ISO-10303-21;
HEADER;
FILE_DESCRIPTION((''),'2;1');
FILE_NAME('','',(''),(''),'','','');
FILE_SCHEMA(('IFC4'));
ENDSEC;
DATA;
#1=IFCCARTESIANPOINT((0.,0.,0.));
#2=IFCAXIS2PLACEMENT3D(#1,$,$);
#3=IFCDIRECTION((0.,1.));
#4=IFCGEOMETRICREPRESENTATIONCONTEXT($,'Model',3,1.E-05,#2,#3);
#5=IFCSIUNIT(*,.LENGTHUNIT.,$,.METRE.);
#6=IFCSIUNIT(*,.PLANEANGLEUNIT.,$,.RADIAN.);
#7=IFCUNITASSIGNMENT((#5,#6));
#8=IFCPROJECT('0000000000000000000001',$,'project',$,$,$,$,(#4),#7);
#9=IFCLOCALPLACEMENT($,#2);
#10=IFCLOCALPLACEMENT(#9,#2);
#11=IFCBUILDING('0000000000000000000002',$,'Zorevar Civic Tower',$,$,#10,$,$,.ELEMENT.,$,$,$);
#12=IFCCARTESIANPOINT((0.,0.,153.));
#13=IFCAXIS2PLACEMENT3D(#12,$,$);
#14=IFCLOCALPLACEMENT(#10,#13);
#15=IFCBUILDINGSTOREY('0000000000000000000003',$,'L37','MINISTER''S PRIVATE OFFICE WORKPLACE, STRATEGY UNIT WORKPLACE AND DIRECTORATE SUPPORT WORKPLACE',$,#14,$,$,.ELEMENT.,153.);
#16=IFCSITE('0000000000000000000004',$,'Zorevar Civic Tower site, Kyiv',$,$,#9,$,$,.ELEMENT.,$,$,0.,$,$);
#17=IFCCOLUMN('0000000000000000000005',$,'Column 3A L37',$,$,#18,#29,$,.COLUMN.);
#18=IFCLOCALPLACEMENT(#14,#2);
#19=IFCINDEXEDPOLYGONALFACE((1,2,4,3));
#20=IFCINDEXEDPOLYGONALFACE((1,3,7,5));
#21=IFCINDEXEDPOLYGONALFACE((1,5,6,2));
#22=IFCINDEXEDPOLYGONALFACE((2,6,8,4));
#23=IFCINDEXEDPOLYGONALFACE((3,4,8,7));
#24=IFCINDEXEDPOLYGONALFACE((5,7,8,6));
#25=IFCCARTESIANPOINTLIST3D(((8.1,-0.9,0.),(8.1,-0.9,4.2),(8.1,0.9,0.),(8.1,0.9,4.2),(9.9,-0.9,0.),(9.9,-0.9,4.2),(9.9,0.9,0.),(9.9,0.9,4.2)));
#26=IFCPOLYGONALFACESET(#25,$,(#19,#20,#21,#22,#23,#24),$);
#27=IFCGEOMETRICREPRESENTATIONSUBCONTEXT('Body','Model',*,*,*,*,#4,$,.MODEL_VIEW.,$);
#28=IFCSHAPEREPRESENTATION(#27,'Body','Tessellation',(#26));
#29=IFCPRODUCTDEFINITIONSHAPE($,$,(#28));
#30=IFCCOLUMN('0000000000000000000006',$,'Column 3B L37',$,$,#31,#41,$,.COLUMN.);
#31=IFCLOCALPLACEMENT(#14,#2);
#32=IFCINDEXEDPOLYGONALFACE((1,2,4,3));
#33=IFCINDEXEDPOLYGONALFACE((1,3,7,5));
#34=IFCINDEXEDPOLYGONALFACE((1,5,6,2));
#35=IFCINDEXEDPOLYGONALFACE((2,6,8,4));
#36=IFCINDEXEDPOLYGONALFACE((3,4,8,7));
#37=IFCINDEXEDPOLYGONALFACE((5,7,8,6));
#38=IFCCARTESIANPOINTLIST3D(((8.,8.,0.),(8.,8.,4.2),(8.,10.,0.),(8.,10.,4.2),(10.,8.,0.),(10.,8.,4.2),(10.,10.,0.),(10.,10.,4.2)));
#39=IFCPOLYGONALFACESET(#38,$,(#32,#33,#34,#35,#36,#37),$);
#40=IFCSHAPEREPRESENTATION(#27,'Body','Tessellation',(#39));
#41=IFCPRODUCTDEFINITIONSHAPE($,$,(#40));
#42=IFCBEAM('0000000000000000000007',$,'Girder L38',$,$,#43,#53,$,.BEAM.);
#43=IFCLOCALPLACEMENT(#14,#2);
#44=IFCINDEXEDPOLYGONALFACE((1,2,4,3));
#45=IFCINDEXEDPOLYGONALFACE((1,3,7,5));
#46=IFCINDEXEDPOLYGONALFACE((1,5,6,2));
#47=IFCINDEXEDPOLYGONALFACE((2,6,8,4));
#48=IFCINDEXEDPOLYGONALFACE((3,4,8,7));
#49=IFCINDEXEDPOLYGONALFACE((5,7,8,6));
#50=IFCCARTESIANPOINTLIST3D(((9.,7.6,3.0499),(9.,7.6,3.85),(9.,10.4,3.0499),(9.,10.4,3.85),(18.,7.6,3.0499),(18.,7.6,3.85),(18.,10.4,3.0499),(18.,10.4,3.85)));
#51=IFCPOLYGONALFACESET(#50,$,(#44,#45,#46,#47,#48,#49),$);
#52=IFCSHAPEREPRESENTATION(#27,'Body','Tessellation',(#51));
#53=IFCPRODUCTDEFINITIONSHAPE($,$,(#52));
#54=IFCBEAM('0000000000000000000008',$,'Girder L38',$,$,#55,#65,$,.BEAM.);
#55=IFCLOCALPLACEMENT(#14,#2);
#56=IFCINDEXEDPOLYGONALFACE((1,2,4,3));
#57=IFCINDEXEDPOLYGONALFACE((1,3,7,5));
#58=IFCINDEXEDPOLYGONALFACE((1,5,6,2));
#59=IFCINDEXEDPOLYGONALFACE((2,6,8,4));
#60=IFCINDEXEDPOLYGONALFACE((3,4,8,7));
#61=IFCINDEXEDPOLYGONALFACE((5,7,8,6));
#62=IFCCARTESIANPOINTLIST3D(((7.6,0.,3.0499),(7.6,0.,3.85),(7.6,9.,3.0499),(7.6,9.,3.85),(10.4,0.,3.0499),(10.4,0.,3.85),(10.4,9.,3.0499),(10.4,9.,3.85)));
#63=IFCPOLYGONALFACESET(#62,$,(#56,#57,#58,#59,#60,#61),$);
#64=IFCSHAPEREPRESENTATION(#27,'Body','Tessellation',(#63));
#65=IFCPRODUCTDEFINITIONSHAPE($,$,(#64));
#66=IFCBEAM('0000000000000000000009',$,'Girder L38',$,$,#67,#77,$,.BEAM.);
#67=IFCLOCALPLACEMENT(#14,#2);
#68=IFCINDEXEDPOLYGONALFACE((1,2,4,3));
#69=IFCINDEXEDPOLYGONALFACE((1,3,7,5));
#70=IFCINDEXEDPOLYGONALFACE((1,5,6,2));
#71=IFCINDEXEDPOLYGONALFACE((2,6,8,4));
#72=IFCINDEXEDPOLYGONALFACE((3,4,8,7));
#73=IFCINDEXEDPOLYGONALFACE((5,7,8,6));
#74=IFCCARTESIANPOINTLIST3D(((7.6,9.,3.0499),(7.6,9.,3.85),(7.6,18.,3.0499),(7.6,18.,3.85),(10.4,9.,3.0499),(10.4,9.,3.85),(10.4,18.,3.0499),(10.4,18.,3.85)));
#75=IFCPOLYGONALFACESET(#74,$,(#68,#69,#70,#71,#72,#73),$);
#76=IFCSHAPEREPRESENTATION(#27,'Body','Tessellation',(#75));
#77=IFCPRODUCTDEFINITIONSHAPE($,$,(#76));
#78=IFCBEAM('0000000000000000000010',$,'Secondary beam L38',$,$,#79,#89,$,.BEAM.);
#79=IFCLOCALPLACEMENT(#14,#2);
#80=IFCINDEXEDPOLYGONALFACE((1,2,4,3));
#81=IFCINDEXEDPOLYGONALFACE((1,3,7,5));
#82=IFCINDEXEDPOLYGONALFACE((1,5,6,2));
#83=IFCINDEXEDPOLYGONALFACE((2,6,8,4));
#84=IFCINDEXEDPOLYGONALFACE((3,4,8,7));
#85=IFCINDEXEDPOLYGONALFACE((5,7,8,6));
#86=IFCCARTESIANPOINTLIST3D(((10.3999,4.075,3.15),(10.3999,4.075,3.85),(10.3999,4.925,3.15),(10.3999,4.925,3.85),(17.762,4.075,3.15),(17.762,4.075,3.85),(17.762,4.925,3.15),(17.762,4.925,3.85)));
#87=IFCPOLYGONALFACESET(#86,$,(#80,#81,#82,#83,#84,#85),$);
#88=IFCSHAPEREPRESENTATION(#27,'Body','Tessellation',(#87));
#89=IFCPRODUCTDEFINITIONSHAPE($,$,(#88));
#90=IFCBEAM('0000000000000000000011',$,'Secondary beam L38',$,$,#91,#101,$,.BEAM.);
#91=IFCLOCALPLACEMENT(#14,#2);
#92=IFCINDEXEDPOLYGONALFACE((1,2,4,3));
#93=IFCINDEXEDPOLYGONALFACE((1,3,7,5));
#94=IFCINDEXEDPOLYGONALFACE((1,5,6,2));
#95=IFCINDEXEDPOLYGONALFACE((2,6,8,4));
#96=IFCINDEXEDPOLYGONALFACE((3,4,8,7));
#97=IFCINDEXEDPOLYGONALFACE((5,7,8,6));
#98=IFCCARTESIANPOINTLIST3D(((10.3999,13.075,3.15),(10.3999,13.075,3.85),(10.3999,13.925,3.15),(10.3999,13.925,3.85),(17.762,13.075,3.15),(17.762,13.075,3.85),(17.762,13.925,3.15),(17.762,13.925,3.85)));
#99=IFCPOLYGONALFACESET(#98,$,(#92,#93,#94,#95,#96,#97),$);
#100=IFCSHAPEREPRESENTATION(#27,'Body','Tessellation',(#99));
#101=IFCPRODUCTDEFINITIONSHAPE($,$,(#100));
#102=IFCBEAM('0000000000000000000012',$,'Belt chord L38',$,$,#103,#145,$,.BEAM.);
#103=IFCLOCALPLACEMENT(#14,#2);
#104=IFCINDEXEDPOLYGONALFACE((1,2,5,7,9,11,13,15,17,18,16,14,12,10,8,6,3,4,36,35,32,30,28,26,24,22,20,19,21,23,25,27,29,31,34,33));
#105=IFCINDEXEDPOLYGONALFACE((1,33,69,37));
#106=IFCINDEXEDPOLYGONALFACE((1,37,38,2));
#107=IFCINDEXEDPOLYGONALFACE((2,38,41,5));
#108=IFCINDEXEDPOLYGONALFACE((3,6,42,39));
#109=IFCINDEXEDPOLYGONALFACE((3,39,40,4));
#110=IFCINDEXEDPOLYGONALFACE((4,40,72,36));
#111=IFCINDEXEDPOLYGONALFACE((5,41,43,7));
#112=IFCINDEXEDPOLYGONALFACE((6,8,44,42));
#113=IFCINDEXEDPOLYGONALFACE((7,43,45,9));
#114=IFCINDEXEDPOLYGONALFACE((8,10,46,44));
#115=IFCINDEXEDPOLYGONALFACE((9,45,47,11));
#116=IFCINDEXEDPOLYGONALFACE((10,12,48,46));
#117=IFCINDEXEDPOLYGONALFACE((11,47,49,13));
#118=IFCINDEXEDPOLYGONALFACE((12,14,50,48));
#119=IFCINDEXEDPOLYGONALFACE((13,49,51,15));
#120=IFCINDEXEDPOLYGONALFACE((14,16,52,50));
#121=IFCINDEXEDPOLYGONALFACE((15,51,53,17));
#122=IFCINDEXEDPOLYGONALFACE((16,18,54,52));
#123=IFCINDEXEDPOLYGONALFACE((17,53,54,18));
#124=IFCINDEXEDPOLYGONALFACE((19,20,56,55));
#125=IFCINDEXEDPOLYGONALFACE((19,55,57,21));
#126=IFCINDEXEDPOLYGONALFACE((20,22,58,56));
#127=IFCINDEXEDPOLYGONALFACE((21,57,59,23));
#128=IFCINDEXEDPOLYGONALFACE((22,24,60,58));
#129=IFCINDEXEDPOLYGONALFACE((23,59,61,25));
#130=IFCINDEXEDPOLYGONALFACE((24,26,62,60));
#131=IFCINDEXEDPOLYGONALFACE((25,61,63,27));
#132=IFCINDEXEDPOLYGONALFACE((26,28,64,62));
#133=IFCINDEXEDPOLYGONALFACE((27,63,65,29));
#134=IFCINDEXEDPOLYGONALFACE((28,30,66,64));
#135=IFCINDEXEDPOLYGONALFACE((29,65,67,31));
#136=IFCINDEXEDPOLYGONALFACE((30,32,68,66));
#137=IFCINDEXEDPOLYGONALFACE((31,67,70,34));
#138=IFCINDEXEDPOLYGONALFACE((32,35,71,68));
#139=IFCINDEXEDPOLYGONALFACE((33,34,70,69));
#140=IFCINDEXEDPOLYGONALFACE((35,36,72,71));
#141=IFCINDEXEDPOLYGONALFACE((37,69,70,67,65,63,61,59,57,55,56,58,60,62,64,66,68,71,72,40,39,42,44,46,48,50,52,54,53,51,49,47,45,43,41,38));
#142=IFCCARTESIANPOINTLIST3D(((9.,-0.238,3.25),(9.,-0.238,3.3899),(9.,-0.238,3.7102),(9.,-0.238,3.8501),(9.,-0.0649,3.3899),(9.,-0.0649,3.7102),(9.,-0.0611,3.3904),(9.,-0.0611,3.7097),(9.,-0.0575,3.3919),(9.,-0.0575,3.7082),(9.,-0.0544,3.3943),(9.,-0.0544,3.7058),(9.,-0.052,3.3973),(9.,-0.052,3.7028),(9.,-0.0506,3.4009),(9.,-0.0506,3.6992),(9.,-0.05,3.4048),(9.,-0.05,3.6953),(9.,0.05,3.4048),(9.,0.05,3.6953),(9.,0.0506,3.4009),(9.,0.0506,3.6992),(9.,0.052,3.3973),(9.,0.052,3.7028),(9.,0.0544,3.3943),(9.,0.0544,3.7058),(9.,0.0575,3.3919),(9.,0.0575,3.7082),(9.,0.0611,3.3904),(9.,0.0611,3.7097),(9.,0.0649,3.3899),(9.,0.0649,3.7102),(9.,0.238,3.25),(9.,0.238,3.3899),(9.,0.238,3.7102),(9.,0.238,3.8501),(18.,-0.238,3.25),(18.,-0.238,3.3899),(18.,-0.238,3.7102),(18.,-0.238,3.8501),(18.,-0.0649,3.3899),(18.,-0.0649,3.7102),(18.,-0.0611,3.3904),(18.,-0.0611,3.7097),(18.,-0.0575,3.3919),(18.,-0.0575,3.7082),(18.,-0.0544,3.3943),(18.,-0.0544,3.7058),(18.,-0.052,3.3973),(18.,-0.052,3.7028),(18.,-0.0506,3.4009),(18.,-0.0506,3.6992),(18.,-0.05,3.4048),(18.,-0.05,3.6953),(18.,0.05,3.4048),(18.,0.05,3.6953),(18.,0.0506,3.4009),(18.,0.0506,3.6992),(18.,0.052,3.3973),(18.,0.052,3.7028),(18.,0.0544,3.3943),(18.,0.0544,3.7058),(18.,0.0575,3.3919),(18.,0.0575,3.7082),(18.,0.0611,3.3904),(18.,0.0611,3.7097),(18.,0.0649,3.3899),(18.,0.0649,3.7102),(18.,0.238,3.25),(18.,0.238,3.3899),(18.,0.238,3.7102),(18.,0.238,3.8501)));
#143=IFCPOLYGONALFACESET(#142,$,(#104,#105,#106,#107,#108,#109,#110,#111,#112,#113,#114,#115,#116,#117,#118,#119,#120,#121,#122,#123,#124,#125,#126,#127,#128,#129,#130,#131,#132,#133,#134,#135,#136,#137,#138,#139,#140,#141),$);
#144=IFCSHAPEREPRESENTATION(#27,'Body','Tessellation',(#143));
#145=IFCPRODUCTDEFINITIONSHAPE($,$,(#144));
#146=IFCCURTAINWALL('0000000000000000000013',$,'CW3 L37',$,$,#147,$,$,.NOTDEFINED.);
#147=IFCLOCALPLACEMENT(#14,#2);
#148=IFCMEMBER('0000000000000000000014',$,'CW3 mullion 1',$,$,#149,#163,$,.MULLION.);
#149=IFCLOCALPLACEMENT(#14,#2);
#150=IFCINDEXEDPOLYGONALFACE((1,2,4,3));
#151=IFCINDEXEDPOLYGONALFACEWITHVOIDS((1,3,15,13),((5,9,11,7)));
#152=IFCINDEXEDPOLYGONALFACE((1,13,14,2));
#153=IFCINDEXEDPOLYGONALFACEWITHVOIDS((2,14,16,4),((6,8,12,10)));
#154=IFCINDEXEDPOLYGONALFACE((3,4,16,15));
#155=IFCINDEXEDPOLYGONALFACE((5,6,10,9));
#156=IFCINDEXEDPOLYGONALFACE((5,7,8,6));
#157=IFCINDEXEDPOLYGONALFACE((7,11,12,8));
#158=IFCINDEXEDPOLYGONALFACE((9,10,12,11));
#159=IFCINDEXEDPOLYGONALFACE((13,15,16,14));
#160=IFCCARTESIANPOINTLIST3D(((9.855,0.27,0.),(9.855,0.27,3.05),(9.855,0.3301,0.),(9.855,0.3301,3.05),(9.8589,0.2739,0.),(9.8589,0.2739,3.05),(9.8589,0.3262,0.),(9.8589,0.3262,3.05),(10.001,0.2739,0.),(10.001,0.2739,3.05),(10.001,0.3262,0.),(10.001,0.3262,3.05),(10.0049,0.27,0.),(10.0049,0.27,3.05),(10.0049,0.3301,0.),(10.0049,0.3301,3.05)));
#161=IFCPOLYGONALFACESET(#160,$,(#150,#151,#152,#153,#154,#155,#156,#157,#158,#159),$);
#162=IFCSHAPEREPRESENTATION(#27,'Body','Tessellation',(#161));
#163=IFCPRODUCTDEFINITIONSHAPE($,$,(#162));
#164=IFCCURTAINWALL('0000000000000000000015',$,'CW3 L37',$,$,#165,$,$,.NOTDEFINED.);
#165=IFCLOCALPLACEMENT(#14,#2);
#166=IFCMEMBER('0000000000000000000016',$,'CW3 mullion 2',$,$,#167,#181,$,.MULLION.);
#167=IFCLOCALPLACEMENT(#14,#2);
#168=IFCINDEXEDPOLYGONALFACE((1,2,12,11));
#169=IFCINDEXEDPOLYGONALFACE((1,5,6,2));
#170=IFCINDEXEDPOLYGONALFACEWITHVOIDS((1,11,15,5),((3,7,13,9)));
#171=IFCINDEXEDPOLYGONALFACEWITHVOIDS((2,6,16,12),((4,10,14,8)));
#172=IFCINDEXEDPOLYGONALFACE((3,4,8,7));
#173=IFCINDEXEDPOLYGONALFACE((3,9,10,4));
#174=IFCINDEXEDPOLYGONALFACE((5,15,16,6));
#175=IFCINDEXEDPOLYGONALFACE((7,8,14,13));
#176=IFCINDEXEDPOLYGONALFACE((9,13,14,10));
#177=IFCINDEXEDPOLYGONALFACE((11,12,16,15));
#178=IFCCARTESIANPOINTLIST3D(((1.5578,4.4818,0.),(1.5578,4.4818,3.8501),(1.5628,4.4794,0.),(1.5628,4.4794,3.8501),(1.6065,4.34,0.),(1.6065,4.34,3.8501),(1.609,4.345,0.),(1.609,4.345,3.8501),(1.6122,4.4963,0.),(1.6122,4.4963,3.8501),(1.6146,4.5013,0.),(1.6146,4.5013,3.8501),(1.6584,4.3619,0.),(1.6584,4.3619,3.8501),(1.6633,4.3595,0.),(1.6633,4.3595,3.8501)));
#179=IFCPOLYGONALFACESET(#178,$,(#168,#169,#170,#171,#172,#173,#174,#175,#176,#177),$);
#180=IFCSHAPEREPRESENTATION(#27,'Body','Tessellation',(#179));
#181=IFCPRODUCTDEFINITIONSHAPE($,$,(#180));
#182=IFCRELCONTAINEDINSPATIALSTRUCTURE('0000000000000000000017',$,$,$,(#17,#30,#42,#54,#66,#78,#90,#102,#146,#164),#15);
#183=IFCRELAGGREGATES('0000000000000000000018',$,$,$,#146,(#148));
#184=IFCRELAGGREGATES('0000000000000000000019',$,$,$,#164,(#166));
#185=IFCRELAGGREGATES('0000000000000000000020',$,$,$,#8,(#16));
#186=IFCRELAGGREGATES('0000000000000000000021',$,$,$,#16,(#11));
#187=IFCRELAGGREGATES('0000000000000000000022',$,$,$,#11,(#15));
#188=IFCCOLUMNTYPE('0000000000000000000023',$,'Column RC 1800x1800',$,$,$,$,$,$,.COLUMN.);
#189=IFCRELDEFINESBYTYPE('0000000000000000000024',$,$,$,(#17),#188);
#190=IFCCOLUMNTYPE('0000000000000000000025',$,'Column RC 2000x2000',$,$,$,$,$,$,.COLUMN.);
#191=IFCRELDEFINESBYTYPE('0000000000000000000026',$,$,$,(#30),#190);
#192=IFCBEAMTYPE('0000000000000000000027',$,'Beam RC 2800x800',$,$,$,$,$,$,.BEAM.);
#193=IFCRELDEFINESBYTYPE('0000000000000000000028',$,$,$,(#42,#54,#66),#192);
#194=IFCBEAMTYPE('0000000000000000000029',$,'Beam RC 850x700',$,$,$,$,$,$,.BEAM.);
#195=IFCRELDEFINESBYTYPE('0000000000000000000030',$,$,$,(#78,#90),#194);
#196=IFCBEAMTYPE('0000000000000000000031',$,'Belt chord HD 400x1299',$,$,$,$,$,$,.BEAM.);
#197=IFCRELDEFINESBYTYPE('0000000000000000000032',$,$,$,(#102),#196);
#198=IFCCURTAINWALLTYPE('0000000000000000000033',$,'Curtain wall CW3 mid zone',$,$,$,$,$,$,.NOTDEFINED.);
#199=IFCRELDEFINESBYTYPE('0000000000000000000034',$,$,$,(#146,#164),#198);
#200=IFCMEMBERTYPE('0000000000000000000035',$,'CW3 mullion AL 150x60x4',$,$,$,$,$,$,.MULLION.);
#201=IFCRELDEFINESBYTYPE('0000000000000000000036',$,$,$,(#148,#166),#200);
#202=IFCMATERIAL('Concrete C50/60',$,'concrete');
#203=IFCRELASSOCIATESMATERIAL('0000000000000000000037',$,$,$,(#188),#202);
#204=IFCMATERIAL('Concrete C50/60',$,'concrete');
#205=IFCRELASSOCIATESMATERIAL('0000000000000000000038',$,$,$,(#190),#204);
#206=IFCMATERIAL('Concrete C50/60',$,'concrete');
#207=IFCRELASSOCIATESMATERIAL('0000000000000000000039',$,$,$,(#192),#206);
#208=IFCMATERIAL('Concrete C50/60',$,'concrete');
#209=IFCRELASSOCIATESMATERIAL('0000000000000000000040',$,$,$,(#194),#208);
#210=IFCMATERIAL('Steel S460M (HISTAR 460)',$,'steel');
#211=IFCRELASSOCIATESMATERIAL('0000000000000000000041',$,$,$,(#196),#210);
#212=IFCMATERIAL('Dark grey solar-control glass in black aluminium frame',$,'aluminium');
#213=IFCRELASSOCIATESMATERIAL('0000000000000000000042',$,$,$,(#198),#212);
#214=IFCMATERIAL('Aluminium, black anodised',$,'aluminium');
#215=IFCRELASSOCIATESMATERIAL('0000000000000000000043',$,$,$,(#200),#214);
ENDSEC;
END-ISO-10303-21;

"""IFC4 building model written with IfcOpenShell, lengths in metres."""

from ifc_helpers import new_model, si_unit, direction, frame, origin, origin_2d, place, context, subcontext, project, spatial, rectangle, hollow_rectangle, i_section, extrude, material, material_profile, profile_set, type_object, element, aggregate, save


model = new_model("IFC4")

# Units and contexts
model_context = context("Model", 3, precision=1e-05, world=origin(), true_north=direction((0.0, 1.0)))
body_context = subcontext(model_context, "Body", "Model", "MODEL_VIEW")
ifc_project = project(units=[si_unit("LENGTHUNIT", "METRE"), si_unit("PLANEANGLEUNIT", "RADIAN")], contexts=[model_context])

# Site, building, storey
site_placement = place(None, origin())
site = spatial("IfcSite", under=ifc_project, at=site_placement, Name="Zorevar Civic Tower site, Kyiv", CompositionType="ELEMENT", RefElevation=0.0)
building_placement = place(site_placement, origin())
building = spatial("IfcBuilding", under=site, at=building_placement, Name="Zorevar Civic Tower", CompositionType="ELEMENT")
storey_placement = place(building_placement, frame((0.0, 0.0, 153.0)))
storey = spatial("IfcBuildingStorey", under=building, at=storey_placement, Name="L37", Description="MINISTER'S PRIVATE OFFICE WORKPLACE, STRATEGY UNIT WORKPLACE AND DIRECTORATE SUPPORT WORKPLACE", CompositionType="ELEMENT", Elevation=153.0)

# Columns
ifc_material_1 = material(Name="Concrete C50/60", Category="concrete")
ifc_material_profile_1 = material_profile(ifc_material_1, rectangle(XDim=1.8, YDim=1.8, at=origin_2d()), Name="RC 1800x1800")
ifc_profile_set_1 = profile_set([ifc_material_profile_1], Name="Concrete C50/60")
column_type_1 = type_object("IfcColumnType", Name="Column RC 1800x1800", PredefinedType="COLUMN", material=ifc_profile_set_1)
column_1_placement = place(storey_placement, frame((9.0, 0.0, 0.0), z_axis=(0.0, 0.0, 1.0), x_axis=(1.0, 0.0, 0.0)))
element("IfcColumn", 1, at=column_1_placement, inside=storey, type_object=column_type_1, Name="Column 3A L37", PredefinedType="COLUMN", context=body_context, shape_type="SweptSolid", body=[
    extrude(rectangle(XDim=1.8, YDim=1.8, at=origin_2d()), origin(), (0.0, 0.0, 1.0), 4.2),
])
ifc_material_2 = material(Name="Concrete C50/60", Category="concrete")
ifc_material_profile_2 = material_profile(ifc_material_2, rectangle(XDim=2.0, YDim=2.0, at=origin_2d()), Name="RC 2000x2000")
ifc_profile_set_2 = profile_set([ifc_material_profile_2], Name="Concrete C50/60")
column_type_2 = type_object("IfcColumnType", Name="Column RC 2000x2000", PredefinedType="COLUMN", material=ifc_profile_set_2)
column_2_placement = place(storey_placement, frame((9.0, 9.0, 0.0), z_axis=(0.0, 0.0, 1.0), x_axis=(1.0, 0.0, 0.0)))
element("IfcColumn", 2, at=column_2_placement, inside=storey, type_object=column_type_2, Name="Column 3B L37", PredefinedType="COLUMN", context=body_context, shape_type="SweptSolid", body=[
    extrude(rectangle(XDim=2.0, YDim=2.0, at=origin_2d()), origin(), (0.0, 0.0, 1.0), 4.2),
])

# Beams
ifc_material_3 = material(Name="Concrete C50/60", Category="concrete")
ifc_material_profile_3 = material_profile(ifc_material_3, rectangle(XDim=2.8, YDim=0.8, at=origin_2d()), Name="RC 2800x800")
ifc_profile_set_3 = profile_set([ifc_material_profile_3], Name="Concrete C50/60")
beam_type_1 = type_object("IfcBeamType", Name="Beam RC 2800x800", PredefinedType="BEAM", material=ifc_profile_set_3)
for number, where, z_axis, x_axis, name in (
    (3, (9.0, 9.0, 3.45), (1.0, 0.0, 0.0), (0.0, 1.0, 0.0), "Girder L38"),
    (4, (9.0, 0.0, 3.45), (0.0, 1.0, 0.0), (-1.0, 0.0, 0.0), "Girder L38"),
    (5, (9.0, 9.0, 3.45), (0.0, 1.0, 0.0), (-1.0, 0.0, 0.0), "Girder L38"),
):
    element("IfcBeam", number, at=place(storey_placement, frame(where, z_axis=z_axis, x_axis=x_axis)), inside=storey, type_object=beam_type_1, Name=name, PredefinedType="BEAM", context=body_context, shape_type="SweptSolid", body=[
        extrude(rectangle(XDim=2.8, YDim=0.8, at=origin_2d()), origin(), (0.0, 0.0, 1.0), 9.0),
    ])
ifc_material_4 = material(Name="Concrete C50/60", Category="concrete")
ifc_material_profile_4 = material_profile(ifc_material_4, rectangle(XDim=0.8501, YDim=0.7, at=origin_2d()), Name="RC 850x700")
ifc_profile_set_4 = profile_set([ifc_material_profile_4], Name="Concrete C50/60")
beam_type_2 = type_object("IfcBeamType", Name="Beam RC 850x700", PredefinedType="BEAM", material=ifc_profile_set_4)
for number, where, z_axis, x_axis, name in (
    (6, (10.3999, 4.5, 3.5), (1.0, 0.0, 0.0), (0.0, 1.0, 0.0), "Secondary beam L38"),
    (7, (10.3999, 13.5, 3.5), (1.0, 0.0, 0.0), (0.0, 1.0, 0.0), "Secondary beam L38"),
):
    element("IfcBeam", number, at=place(storey_placement, frame(where, z_axis=z_axis, x_axis=x_axis)), inside=storey, type_object=beam_type_2, Name=name, PredefinedType="BEAM", context=body_context, shape_type="SweptSolid", body=[
        extrude(rectangle(XDim=0.8501, YDim=0.7, at=origin_2d()), origin(), (0.0, 0.0, 1.0), 7.3621),
    ])
ifc_material_5 = material(Name="Steel S460M (HISTAR 460)", Category="steel")
ifc_material_profile_5 = material_profile(ifc_material_5, i_section(OverallWidth=0.4761, OverallDepth=0.6001, WebThickness=0.1001, FlangeThickness=0.1399, FilletRadius=0.0149, at=origin_2d()), Name="HD 400x1299")
ifc_profile_set_5 = profile_set([ifc_material_profile_5], Name="Steel S460M (HISTAR 460)")
beam_type_3 = type_object("IfcBeamType", Name="Belt chord HD 400x1299", PredefinedType="BEAM", material=ifc_profile_set_5)
beam_placement = place(storey_placement, frame((9.0, 0.0, 3.55), z_axis=(1.0, 0.0, 0.0), x_axis=(0.0, 1.0, 0.0)))
element("IfcBeam", 8, at=beam_placement, inside=storey, type_object=beam_type_3, Name="Belt chord L38", PredefinedType="BEAM", context=body_context, shape_type="SweptSolid", body=[
    extrude(i_section(OverallWidth=0.4761, OverallDepth=0.6001, WebThickness=0.1001, FlangeThickness=0.1399, FilletRadius=0.0149, at=origin_2d()), origin(), (0.0, 0.0, 1.0), 9.0),
])

# Curtain walls, members
ifc_material_6 = material(Name="Dark grey solar-control glass in black aluminium frame", Category="aluminium")
curtain_wall_type = type_object("IfcCurtainWallType", Name="Curtain wall CW3 mid zone", PredefinedType="NOTDEFINED", material=ifc_material_6)
curtain_wall_1_placement = place(storey_placement, origin())
curtain_wall_1 = element("IfcCurtainWall", 9, at=curtain_wall_1_placement, inside=storey, type_object=curtain_wall_type, Name="CW3 L37", PredefinedType="NOTDEFINED")
ifc_material_7 = material(Name="Aluminium, black anodised", Category="aluminium")
ifc_material_profile_6 = material_profile(ifc_material_7, hollow_rectangle(XDim=0.0601, YDim=0.1499, WallThickness=0.0039, at=origin_2d()), Name="AL 150x60x4")
ifc_profile_set_6 = profile_set([ifc_material_profile_6], Name="Aluminium, black anodised")
member_type_1 = type_object("IfcMemberType", Name="CW3 mullion AL 150x60x4", PredefinedType="MULLION", material=ifc_profile_set_6)
member_1_placement = place(storey_placement, frame((9.9299, 0.3, 0.0), z_axis=(0.0, 0.0, 1.0), x_axis=(0.0, 1.0, 0.0)))
member_1 = element("IfcMember", 10, at=member_1_placement, type_object=member_type_1, Name="CW3 mullion 1", PredefinedType="MULLION", context=body_context, shape_type="SweptSolid", body=[
    extrude(hollow_rectangle(XDim=0.0601, YDim=0.1499, WallThickness=0.0039, at=origin_2d()), origin(), (0.0, 0.0, 1.0), 3.05),
])
curtain_wall_2_placement = place(storey_placement, origin())
curtain_wall_2 = element("IfcCurtainWall", 11, at=curtain_wall_2_placement, inside=storey, type_object=curtain_wall_type, Name="CW3 L37", PredefinedType="NOTDEFINED")
member_2_placement = place(storey_placement, frame((1.6106, 4.4207, 0.0), z_axis=(0.0, 0.0, 1.0), x_axis=(0.945756, 0.324878, 0.0)))
member_2 = element("IfcMember", 12, at=member_2_placement, type_object=member_type_1, Name="CW3 mullion 2", PredefinedType="MULLION", context=body_context, shape_type="SweptSolid", body=[
    extrude(hollow_rectangle(XDim=0.0601, YDim=0.1499, WallThickness=0.0039, at=origin_2d()), origin(), (0.0, 0.0, 1.0), 3.8501),
])

aggregate(curtain_wall_1, [member_1])

aggregate(curtain_wall_2, [member_2])

save(model, "model.ifc")
